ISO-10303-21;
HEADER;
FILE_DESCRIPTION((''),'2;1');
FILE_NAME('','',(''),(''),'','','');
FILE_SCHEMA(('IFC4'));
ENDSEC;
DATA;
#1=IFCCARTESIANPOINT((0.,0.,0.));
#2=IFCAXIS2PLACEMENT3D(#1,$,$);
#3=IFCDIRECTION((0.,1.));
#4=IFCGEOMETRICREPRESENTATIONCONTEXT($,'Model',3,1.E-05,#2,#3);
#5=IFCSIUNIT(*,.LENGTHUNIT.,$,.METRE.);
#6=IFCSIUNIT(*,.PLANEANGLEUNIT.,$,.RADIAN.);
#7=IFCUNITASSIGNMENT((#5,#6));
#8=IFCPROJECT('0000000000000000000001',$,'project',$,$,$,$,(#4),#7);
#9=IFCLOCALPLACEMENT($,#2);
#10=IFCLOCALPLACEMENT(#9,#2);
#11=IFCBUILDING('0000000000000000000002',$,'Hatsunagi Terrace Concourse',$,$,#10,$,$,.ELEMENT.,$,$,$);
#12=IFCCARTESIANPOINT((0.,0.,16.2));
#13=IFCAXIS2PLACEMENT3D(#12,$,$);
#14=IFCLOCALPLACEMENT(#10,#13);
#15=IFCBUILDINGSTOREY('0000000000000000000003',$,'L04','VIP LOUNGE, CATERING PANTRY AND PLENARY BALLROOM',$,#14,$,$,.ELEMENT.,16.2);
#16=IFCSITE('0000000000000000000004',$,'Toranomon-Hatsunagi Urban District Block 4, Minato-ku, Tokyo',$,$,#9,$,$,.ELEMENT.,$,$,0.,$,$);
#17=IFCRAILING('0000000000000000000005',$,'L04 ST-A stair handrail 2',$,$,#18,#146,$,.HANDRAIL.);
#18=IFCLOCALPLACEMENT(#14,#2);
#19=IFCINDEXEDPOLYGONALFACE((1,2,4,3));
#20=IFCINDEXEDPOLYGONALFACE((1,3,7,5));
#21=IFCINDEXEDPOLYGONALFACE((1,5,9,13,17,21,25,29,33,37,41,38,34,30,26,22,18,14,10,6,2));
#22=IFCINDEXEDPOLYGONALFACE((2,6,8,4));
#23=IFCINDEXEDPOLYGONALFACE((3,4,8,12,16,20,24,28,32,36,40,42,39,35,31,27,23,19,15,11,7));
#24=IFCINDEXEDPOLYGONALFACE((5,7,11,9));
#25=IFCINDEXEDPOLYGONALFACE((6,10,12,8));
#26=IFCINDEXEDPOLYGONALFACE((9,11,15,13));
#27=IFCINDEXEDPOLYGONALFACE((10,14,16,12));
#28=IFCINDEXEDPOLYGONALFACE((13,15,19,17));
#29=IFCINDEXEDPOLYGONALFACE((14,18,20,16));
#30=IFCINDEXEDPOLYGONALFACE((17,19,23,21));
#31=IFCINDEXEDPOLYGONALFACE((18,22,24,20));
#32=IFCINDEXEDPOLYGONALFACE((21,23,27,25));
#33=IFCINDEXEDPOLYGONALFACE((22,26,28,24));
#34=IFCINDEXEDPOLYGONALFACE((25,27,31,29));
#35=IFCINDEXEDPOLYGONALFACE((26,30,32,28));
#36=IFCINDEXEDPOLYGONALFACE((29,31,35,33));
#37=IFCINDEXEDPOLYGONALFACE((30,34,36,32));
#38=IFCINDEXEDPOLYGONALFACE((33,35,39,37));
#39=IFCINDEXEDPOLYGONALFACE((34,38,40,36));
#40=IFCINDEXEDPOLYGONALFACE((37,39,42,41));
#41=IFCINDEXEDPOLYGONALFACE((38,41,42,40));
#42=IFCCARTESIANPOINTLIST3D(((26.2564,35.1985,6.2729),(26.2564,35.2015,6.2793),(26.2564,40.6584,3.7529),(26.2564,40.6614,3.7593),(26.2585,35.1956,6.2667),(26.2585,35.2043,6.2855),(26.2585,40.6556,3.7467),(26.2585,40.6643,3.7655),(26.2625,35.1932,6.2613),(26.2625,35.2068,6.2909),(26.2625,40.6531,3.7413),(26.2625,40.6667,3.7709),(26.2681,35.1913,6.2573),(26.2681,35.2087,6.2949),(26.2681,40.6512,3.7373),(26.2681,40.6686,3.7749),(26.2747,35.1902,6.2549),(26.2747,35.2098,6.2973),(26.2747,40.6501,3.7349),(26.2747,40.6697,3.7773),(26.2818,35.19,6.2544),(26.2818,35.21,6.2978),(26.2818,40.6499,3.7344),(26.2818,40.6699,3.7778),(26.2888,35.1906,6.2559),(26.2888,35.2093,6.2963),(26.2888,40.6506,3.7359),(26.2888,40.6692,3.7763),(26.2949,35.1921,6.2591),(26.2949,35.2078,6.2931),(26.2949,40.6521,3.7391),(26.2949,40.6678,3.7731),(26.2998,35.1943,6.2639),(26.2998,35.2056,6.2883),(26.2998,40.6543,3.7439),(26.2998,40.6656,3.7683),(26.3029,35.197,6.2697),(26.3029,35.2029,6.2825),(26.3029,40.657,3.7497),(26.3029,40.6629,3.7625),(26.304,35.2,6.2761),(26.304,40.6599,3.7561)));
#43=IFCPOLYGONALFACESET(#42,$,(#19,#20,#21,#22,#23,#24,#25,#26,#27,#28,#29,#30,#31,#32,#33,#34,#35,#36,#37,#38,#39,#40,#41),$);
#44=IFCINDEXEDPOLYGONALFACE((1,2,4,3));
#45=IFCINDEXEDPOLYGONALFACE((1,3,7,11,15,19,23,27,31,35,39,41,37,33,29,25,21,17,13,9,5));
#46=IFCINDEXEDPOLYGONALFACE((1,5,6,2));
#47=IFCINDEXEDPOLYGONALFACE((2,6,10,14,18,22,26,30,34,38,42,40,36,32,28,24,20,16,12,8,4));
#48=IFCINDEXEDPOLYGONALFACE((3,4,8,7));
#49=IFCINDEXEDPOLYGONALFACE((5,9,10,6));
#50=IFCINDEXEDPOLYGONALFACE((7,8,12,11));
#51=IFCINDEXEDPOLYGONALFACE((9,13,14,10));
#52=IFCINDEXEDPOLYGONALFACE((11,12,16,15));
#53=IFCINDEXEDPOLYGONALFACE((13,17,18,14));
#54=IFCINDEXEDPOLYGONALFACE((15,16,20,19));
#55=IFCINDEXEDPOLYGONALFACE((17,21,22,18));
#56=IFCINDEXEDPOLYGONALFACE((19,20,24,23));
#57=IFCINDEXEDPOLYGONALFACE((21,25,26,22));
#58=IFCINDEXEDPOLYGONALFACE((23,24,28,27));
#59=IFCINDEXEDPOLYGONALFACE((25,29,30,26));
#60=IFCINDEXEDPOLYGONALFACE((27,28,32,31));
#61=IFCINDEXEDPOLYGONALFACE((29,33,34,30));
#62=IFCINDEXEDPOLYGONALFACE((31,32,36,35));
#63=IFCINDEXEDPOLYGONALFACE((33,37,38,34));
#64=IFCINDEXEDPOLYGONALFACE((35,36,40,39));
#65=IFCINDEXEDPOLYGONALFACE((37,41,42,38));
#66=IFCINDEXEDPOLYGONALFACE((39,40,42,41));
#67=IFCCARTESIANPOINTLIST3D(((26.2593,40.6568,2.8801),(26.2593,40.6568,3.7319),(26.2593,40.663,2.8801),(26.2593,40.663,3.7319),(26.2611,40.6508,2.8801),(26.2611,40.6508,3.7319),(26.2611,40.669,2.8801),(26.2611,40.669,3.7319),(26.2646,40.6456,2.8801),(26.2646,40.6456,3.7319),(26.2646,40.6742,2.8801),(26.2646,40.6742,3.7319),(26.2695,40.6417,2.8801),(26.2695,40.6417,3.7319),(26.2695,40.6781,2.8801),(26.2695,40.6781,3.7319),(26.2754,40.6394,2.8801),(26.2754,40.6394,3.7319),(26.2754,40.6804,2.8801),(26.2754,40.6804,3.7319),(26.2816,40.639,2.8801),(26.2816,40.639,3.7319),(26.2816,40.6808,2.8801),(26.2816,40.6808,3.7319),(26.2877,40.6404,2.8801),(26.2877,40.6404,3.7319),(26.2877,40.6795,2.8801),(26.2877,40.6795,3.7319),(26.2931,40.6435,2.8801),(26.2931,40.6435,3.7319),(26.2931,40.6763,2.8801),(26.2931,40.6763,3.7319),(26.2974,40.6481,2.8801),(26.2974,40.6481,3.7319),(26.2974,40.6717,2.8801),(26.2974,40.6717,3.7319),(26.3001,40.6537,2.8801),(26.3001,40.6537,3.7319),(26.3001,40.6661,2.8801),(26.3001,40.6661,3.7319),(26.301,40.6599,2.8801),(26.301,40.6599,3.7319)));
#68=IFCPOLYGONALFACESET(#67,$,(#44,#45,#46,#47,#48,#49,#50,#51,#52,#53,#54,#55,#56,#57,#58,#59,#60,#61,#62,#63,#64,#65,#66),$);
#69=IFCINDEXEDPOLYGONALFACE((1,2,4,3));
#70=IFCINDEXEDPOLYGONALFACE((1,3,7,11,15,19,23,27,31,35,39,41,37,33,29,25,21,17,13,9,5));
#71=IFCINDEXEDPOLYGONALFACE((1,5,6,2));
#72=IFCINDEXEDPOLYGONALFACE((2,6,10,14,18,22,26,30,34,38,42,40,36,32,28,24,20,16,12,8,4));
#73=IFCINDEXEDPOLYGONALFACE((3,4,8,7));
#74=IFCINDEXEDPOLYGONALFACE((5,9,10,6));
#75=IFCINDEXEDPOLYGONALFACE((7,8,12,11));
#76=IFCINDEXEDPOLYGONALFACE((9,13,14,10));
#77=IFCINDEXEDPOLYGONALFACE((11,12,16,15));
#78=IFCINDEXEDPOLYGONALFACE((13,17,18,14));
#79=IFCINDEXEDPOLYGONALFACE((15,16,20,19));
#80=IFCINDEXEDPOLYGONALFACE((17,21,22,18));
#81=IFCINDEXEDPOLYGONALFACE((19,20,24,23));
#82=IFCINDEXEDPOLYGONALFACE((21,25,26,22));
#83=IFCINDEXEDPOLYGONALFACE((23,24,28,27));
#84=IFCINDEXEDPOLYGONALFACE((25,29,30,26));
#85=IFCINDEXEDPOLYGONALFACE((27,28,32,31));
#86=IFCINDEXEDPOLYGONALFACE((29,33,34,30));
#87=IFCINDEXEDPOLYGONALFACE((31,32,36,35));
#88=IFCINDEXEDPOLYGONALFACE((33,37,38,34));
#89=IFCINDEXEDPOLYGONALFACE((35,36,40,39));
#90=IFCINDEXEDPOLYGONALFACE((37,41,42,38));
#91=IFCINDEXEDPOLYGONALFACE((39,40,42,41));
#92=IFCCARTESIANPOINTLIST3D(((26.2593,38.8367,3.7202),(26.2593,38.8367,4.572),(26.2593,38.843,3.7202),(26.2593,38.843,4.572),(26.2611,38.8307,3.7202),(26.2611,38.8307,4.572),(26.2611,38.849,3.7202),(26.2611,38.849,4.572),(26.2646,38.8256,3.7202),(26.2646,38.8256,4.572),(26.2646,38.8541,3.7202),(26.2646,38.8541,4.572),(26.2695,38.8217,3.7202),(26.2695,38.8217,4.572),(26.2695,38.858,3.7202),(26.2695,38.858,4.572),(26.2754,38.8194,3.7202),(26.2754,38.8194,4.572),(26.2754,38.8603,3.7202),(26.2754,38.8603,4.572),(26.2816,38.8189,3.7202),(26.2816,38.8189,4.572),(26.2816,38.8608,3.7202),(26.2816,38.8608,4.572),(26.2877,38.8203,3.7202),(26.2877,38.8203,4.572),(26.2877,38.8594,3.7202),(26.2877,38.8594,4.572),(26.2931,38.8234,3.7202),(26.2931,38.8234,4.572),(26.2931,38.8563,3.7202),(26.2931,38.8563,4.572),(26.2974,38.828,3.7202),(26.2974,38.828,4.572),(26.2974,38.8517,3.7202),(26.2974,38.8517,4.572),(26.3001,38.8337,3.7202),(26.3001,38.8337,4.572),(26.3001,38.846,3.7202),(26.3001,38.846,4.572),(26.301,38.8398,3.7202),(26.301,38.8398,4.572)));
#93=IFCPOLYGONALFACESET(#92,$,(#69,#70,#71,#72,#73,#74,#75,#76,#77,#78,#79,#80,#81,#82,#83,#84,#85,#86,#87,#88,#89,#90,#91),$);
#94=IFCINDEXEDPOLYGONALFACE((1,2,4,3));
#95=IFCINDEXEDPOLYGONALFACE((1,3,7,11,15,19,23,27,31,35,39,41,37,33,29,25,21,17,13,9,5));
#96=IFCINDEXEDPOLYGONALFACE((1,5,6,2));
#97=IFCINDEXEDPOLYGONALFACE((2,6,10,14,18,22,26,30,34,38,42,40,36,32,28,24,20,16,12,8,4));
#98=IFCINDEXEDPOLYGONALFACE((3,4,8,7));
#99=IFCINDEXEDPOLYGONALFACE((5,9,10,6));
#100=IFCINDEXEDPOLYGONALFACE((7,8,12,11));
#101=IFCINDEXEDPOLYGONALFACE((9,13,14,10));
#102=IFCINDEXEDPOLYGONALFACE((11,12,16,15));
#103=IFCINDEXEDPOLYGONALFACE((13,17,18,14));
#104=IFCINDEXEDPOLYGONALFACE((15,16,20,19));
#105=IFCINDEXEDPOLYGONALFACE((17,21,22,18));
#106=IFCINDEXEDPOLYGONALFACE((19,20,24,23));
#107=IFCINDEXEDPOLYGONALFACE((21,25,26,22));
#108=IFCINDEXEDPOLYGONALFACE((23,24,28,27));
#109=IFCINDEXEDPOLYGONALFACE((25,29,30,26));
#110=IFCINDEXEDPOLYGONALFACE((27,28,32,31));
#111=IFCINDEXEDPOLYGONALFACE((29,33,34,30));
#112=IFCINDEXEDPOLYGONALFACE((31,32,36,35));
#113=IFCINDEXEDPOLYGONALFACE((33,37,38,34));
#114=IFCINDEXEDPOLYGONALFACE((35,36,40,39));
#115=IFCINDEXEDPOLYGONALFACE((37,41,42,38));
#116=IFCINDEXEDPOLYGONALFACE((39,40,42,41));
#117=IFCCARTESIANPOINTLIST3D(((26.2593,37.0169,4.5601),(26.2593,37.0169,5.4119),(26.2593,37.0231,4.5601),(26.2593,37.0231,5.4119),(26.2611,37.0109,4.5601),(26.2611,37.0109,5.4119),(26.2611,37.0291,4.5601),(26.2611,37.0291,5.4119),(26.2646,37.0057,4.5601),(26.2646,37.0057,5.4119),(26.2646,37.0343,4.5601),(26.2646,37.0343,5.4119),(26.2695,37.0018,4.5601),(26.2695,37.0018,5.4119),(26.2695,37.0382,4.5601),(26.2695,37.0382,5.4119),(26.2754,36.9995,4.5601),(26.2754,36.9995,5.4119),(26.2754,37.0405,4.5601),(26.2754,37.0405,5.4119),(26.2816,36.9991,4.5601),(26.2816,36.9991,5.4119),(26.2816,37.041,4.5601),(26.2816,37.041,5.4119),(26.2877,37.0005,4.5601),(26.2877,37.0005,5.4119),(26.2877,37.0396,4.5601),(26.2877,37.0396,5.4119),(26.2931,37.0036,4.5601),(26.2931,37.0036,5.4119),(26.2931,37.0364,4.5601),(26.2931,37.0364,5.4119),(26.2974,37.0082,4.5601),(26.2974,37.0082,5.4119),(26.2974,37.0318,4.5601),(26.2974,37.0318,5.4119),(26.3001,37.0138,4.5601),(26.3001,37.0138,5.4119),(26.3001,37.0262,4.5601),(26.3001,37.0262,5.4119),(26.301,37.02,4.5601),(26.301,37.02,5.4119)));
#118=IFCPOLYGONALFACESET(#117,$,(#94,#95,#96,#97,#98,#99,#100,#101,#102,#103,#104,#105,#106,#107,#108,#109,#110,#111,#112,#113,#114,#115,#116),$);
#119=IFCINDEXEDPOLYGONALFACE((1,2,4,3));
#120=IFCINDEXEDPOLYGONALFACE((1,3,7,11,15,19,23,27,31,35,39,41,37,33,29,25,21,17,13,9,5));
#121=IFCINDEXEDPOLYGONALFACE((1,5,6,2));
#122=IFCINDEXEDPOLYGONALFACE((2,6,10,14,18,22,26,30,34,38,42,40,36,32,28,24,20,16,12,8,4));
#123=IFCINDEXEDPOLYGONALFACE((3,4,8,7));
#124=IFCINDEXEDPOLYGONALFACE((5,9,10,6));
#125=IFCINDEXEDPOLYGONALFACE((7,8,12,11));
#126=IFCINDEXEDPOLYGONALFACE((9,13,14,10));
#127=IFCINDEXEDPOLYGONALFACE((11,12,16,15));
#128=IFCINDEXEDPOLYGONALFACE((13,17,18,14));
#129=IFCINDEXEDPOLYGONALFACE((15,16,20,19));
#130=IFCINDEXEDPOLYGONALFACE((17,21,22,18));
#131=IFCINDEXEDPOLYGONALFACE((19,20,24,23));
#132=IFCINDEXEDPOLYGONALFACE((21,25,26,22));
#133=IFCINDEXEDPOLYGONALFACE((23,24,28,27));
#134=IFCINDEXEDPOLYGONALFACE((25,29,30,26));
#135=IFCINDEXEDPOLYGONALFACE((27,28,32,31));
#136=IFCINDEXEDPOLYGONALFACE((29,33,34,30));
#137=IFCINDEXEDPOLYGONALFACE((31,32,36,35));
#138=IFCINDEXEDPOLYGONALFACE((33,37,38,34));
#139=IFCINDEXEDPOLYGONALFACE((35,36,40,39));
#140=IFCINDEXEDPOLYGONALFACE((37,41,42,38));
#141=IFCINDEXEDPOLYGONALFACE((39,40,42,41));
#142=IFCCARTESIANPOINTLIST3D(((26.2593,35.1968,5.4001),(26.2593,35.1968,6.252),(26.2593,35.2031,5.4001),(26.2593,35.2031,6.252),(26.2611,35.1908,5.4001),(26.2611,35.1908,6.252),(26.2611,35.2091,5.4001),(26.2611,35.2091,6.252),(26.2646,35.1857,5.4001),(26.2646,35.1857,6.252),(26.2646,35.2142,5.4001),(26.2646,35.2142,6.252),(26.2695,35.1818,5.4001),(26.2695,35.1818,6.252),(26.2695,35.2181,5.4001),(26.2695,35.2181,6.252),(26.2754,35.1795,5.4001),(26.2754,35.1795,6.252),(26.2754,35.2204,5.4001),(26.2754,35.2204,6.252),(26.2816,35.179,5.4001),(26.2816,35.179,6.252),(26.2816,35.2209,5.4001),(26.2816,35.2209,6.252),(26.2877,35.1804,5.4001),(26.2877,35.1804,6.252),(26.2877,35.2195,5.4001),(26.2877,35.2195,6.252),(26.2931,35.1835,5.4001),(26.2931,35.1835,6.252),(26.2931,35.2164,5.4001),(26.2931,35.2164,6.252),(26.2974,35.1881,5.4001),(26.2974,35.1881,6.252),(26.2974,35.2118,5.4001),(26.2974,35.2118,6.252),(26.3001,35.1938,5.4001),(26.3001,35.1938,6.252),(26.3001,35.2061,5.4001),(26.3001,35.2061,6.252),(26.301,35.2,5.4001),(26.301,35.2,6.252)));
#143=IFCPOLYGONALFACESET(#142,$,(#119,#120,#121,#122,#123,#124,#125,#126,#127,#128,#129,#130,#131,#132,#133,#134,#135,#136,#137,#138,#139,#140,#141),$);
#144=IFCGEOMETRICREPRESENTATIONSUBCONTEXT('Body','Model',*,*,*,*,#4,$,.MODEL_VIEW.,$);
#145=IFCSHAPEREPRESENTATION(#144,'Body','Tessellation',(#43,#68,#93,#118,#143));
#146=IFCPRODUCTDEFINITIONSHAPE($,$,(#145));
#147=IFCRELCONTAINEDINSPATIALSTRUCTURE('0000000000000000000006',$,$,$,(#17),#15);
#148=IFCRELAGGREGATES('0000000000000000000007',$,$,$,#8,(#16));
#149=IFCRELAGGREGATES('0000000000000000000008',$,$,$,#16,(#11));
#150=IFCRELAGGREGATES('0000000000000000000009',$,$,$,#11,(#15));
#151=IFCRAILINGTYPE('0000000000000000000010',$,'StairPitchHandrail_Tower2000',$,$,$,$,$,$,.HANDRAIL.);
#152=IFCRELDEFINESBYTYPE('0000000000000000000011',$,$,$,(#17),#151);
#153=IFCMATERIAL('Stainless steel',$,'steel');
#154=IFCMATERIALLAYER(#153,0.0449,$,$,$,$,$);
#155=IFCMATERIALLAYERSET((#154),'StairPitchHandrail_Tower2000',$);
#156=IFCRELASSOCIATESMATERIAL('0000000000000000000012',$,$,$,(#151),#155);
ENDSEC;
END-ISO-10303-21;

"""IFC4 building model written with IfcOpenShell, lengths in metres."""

from ifc_helpers import new_model, si_unit, direction, frame, origin, origin_2d, place, context, subcontext, project, spatial, circle, extrude, material, layer, layer_set, type_object, element, save


model = new_model("IFC4")

# Units and contexts
model_context = context("Model", 3, precision=1e-05, world=origin(), true_north=direction((0.0, 1.0)))
body_context = subcontext(model_context, "Body", "Model", "MODEL_VIEW")
ifc_project = project(units=[si_unit("LENGTHUNIT", "METRE"), si_unit("PLANEANGLEUNIT", "RADIAN")], contexts=[model_context])

# Site, building, storey
site_placement = place(None, origin())
site = spatial("IfcSite", under=ifc_project, at=site_placement, Name="Toranomon-Hatsunagi Urban District Block 4, Minato-ku, Tokyo", CompositionType="ELEMENT", RefElevation=0.0)
building_placement = place(site_placement, origin())
building = spatial("IfcBuilding", under=site, at=building_placement, Name="Hatsunagi Terrace Concourse", CompositionType="ELEMENT")
storey_placement = place(building_placement, frame((0.0, 0.0, 16.2)))
storey = spatial("IfcBuildingStorey", under=building, at=storey_placement, Name="L04", Description="VIP LOUNGE, CATERING PANTRY AND PLENARY BALLROOM", CompositionType="ELEMENT", Elevation=16.2)

# Railing
ifc_material_1 = material(Name="Stainless steel", Category="steel")
ifc_layer_1 = layer(ifc_material_1, 0.0449)
ifc_layer_set_1 = layer_set([ifc_layer_1], Name="StairPitchHandrail_Tower2000")
railing_type_1 = type_object("IfcRailingType", Name="StairPitchHandrail_Tower2000", PredefinedType="HANDRAIL", material=ifc_layer_set_1)
railing_1_placement = place(storey_placement, frame((26.28, 40.6599, 2.8801)))
element("IfcRailing", 1, at=railing_1_placement, inside=storey, type_object=railing_type_1, Name="L04 ST-A stair handrail 2", PredefinedType="HANDRAIL", context=body_context, shape_type="SweptSolid", body=[
    extrude(circle(Radius=0.0239, at=origin_2d()), frame((0.0, 0.0, 0.876), z_axis=(0.0, -0.907957, 0.419063), x_axis=(1.0, 0.0, 0.0)), (0.0, 0.0, 1.0), 6.0134),
    extrude(circle(Radius=0.021, at=origin_2d()), origin(), (0.0, 0.0, 1.0), 0.8518),
    extrude(circle(Radius=0.021, at=origin_2d()), frame((0.0, -1.8201, 0.8401)), (0.0, 0.0, 1.0), 0.8518),
    extrude(circle(Radius=0.021, at=origin_2d()), frame((0.0, -3.6399, 1.6799)), (0.0, 0.0, 1.0), 0.8518),
    extrude(circle(Radius=0.021, at=origin_2d()), frame((0.0, -5.46, 2.52)), (0.0, 0.0, 1.0), 0.8518),
])

save(model, "model.ifc")
